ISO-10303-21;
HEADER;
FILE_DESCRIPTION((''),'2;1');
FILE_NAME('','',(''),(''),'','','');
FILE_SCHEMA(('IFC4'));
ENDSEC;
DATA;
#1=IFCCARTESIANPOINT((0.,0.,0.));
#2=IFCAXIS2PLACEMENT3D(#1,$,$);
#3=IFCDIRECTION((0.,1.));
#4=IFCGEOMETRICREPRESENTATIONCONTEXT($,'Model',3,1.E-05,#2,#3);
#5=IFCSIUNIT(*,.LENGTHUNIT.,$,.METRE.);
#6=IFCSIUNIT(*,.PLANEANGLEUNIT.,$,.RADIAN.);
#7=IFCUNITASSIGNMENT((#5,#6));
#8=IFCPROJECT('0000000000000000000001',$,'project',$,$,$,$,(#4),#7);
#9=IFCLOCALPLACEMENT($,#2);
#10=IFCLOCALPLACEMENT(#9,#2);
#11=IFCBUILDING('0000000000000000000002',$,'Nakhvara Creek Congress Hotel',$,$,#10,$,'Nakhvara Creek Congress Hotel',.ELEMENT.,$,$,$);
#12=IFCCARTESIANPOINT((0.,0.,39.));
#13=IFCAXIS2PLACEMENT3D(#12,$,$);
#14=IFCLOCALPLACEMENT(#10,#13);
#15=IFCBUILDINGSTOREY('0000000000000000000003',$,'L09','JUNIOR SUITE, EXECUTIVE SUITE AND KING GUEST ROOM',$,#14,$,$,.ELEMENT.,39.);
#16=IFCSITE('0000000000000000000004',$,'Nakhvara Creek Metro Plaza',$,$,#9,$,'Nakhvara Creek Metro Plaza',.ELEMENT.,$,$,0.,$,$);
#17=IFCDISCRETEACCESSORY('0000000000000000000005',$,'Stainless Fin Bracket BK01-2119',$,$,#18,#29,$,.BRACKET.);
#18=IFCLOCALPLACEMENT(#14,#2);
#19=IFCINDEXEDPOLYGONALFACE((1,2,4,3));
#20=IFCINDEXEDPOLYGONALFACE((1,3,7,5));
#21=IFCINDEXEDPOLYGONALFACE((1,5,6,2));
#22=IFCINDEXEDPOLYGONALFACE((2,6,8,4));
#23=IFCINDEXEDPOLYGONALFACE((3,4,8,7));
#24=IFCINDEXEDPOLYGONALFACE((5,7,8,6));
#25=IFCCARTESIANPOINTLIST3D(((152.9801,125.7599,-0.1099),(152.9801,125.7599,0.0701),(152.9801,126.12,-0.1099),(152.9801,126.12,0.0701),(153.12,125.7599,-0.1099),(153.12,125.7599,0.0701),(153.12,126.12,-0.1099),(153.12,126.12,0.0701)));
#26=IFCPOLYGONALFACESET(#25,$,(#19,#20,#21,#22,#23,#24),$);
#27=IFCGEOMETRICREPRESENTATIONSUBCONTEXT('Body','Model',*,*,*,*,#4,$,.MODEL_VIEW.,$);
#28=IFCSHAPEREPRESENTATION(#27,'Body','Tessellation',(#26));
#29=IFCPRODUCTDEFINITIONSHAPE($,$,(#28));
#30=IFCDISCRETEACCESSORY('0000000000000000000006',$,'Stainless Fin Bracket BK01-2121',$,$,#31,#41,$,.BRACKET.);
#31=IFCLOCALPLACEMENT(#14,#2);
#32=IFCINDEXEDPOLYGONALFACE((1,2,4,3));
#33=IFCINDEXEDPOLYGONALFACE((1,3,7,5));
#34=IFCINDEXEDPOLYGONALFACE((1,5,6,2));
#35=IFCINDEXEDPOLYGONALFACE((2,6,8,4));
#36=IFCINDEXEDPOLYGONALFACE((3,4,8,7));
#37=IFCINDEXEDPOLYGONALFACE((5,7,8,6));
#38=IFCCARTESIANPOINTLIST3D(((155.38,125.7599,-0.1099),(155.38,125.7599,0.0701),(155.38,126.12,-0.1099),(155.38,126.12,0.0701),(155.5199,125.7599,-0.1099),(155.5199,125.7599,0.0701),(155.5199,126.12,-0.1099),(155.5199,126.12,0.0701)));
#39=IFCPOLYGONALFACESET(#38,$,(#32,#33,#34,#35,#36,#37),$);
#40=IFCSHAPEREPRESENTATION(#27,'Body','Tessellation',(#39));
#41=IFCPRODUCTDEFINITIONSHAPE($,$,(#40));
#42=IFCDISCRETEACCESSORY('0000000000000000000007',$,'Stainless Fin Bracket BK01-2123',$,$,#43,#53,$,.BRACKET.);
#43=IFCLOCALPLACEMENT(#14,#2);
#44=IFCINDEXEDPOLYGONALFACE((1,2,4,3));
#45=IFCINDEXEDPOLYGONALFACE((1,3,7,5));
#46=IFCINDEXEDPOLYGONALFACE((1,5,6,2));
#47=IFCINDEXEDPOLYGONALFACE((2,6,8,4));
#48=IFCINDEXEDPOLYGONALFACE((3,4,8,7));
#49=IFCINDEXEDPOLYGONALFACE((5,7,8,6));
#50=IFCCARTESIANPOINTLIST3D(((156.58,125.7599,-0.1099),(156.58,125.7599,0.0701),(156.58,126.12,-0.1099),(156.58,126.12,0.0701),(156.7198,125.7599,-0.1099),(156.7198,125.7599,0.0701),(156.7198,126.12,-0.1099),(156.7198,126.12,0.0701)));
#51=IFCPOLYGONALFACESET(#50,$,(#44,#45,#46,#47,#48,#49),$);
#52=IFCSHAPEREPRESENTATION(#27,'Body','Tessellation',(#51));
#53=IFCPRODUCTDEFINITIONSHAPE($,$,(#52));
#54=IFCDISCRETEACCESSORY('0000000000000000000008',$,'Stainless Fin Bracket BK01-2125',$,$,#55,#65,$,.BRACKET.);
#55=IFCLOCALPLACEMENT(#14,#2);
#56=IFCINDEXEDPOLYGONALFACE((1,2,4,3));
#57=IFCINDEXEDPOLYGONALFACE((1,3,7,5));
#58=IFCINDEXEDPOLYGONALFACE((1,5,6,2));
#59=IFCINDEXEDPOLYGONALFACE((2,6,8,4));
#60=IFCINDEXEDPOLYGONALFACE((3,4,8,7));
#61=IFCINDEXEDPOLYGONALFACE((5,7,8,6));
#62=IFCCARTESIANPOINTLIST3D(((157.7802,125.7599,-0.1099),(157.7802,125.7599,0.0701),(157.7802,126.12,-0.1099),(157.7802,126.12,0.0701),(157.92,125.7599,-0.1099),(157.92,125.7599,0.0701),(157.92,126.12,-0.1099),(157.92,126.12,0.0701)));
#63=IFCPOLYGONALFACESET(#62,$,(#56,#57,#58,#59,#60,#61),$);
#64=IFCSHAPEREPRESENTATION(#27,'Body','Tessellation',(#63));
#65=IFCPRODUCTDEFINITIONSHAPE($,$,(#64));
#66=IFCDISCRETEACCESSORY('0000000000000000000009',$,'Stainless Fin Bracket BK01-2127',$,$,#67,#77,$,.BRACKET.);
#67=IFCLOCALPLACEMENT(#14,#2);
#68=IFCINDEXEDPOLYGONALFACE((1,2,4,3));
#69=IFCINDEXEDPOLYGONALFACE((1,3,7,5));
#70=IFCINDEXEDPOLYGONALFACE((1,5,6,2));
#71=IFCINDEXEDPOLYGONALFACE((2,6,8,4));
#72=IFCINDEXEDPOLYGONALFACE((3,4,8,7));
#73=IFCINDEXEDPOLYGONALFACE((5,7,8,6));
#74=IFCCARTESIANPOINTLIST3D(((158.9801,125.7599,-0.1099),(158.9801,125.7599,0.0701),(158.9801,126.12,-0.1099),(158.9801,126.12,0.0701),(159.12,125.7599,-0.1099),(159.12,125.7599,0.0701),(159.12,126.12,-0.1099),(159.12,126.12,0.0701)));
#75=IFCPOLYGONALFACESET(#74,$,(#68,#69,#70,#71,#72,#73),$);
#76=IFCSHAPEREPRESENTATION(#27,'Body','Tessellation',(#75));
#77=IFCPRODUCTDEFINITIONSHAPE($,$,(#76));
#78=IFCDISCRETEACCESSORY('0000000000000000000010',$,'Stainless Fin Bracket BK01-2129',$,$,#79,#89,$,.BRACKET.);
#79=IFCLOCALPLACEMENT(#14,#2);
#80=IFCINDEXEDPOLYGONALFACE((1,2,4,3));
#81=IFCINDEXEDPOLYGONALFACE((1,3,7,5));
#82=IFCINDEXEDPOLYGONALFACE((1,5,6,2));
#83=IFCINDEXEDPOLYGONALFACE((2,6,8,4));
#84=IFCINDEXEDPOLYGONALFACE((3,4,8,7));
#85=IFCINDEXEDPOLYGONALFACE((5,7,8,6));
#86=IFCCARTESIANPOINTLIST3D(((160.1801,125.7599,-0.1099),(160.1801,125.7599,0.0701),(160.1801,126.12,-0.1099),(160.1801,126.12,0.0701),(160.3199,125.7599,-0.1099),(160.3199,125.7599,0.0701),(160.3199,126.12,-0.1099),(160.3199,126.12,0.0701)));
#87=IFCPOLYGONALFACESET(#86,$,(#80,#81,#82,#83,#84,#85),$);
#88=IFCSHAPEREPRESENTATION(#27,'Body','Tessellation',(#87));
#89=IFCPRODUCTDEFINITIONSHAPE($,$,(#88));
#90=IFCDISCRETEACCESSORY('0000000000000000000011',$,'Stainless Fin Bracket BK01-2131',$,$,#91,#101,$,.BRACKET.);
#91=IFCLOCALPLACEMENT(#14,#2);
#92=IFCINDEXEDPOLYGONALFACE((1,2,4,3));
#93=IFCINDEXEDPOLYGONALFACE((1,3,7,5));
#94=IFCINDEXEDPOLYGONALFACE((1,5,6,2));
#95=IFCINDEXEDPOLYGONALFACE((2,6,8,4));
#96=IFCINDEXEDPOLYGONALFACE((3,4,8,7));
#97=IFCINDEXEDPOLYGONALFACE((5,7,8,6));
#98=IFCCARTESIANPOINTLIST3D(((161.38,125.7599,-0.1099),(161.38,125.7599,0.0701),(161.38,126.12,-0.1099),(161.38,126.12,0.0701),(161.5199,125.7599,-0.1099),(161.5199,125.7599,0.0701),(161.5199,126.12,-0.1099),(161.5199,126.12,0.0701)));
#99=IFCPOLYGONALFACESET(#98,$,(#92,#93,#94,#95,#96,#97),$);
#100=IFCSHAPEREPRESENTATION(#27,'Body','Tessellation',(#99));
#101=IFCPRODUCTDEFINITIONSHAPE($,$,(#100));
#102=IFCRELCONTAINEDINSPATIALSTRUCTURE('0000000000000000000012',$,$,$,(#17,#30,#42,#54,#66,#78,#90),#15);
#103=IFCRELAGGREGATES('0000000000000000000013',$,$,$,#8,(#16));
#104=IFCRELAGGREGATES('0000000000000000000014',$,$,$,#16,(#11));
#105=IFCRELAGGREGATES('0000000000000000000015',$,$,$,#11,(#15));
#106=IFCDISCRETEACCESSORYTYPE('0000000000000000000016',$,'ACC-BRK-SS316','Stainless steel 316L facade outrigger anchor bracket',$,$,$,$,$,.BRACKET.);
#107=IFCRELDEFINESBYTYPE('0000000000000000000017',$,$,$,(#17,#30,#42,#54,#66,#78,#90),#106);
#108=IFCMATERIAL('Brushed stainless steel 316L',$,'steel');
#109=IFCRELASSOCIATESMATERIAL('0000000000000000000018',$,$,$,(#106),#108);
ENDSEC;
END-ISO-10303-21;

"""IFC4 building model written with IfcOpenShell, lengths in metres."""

from ifc_helpers import new_model, si_unit, direction, frame, origin, origin_2d, place, context, subcontext, project, spatial, rectangle, extrude, material, type_object, element, save


model = new_model("IFC4")

# Units and contexts
model_context = context("Model", 3, precision=1e-05, world=origin(), true_north=direction((0.0, 1.0)))
body_context = subcontext(model_context, "Body", "Model", "MODEL_VIEW")
ifc_project = project(units=[si_unit("LENGTHUNIT", "METRE"), si_unit("PLANEANGLEUNIT", "RADIAN")], contexts=[model_context])

# Site, building, storey
site_placement = place(None, origin())
site = spatial("IfcSite", under=ifc_project, at=site_placement, Name="Nakhvara Creek Metro Plaza", LongName="Nakhvara Creek Metro Plaza", CompositionType="ELEMENT", RefElevation=0.0)
building_placement = place(site_placement, origin())
building = spatial("IfcBuilding", under=site, at=building_placement, Name="Nakhvara Creek Congress Hotel", LongName="Nakhvara Creek Congress Hotel", CompositionType="ELEMENT")
storey_placement = place(building_placement, frame((0.0, 0.0, 39.0)))
storey = spatial("IfcBuildingStorey", under=building, at=storey_placement, Name="L09", Description="JUNIOR SUITE, EXECUTIVE SUITE AND KING GUEST ROOM", CompositionType="ELEMENT", Elevation=39.0)

# Discrete accessories
ifc_material_1 = material(Name="Brushed stainless steel 316L", Category="steel")
discrete_accessory_type = type_object("IfcDiscreteAccessoryType", Name="ACC-BRK-SS316", Description="Stainless steel 316L facade outrigger anchor bracket", PredefinedType="BRACKET", material=ifc_material_1)
for number, where, z_axis, x_axis, name in (
    (1, (153.05, 125.9399, -0.1099), (0.0, 0.0, 1.0), (1.0, 0.0, 0.0), "Stainless Fin Bracket BK01-2119"),
    (2, (155.45, 125.9399, -0.1099), (0.0, 0.0, 1.0), (1.0, 0.0, 0.0), "Stainless Fin Bracket BK01-2121"),
    (3, (156.6499, 125.9399, -0.1099), (0.0, 0.0, 1.0), (1.0, 0.0, 0.0), "Stainless Fin Bracket BK01-2123"),
    (4, (157.8501, 125.9399, -0.1099), (0.0, 0.0, 1.0), (1.0, 0.0, 0.0), "Stainless Fin Bracket BK01-2125"),
    (5, (159.05, 125.9399, -0.1099), (0.0, 0.0, 1.0), (1.0, 0.0, 0.0), "Stainless Fin Bracket BK01-2127"),
    (6, (160.25, 125.9399, -0.1099), (0.0, 0.0, 1.0), (1.0, 0.0, 0.0), "Stainless Fin Bracket BK01-2129"),
    (7, (161.45, 125.9399, -0.1099), (0.0, 0.0, 1.0), (1.0, 0.0, 0.0), "Stainless Fin Bracket BK01-2131"),
):
    element("IfcDiscreteAccessory", number, at=place(storey_placement, frame(where, z_axis=z_axis, x_axis=x_axis)), inside=storey, type_object=discrete_accessory_type, Name=name, PredefinedType="BRACKET", context=body_context, shape_type="SweptSolid", body=[
        extrude(rectangle(XDim=0.1399, YDim=0.3601, at=origin_2d()), origin(), (0.0, 0.0, 1.0), 0.1799),
    ])

save(model, "model.ifc")
